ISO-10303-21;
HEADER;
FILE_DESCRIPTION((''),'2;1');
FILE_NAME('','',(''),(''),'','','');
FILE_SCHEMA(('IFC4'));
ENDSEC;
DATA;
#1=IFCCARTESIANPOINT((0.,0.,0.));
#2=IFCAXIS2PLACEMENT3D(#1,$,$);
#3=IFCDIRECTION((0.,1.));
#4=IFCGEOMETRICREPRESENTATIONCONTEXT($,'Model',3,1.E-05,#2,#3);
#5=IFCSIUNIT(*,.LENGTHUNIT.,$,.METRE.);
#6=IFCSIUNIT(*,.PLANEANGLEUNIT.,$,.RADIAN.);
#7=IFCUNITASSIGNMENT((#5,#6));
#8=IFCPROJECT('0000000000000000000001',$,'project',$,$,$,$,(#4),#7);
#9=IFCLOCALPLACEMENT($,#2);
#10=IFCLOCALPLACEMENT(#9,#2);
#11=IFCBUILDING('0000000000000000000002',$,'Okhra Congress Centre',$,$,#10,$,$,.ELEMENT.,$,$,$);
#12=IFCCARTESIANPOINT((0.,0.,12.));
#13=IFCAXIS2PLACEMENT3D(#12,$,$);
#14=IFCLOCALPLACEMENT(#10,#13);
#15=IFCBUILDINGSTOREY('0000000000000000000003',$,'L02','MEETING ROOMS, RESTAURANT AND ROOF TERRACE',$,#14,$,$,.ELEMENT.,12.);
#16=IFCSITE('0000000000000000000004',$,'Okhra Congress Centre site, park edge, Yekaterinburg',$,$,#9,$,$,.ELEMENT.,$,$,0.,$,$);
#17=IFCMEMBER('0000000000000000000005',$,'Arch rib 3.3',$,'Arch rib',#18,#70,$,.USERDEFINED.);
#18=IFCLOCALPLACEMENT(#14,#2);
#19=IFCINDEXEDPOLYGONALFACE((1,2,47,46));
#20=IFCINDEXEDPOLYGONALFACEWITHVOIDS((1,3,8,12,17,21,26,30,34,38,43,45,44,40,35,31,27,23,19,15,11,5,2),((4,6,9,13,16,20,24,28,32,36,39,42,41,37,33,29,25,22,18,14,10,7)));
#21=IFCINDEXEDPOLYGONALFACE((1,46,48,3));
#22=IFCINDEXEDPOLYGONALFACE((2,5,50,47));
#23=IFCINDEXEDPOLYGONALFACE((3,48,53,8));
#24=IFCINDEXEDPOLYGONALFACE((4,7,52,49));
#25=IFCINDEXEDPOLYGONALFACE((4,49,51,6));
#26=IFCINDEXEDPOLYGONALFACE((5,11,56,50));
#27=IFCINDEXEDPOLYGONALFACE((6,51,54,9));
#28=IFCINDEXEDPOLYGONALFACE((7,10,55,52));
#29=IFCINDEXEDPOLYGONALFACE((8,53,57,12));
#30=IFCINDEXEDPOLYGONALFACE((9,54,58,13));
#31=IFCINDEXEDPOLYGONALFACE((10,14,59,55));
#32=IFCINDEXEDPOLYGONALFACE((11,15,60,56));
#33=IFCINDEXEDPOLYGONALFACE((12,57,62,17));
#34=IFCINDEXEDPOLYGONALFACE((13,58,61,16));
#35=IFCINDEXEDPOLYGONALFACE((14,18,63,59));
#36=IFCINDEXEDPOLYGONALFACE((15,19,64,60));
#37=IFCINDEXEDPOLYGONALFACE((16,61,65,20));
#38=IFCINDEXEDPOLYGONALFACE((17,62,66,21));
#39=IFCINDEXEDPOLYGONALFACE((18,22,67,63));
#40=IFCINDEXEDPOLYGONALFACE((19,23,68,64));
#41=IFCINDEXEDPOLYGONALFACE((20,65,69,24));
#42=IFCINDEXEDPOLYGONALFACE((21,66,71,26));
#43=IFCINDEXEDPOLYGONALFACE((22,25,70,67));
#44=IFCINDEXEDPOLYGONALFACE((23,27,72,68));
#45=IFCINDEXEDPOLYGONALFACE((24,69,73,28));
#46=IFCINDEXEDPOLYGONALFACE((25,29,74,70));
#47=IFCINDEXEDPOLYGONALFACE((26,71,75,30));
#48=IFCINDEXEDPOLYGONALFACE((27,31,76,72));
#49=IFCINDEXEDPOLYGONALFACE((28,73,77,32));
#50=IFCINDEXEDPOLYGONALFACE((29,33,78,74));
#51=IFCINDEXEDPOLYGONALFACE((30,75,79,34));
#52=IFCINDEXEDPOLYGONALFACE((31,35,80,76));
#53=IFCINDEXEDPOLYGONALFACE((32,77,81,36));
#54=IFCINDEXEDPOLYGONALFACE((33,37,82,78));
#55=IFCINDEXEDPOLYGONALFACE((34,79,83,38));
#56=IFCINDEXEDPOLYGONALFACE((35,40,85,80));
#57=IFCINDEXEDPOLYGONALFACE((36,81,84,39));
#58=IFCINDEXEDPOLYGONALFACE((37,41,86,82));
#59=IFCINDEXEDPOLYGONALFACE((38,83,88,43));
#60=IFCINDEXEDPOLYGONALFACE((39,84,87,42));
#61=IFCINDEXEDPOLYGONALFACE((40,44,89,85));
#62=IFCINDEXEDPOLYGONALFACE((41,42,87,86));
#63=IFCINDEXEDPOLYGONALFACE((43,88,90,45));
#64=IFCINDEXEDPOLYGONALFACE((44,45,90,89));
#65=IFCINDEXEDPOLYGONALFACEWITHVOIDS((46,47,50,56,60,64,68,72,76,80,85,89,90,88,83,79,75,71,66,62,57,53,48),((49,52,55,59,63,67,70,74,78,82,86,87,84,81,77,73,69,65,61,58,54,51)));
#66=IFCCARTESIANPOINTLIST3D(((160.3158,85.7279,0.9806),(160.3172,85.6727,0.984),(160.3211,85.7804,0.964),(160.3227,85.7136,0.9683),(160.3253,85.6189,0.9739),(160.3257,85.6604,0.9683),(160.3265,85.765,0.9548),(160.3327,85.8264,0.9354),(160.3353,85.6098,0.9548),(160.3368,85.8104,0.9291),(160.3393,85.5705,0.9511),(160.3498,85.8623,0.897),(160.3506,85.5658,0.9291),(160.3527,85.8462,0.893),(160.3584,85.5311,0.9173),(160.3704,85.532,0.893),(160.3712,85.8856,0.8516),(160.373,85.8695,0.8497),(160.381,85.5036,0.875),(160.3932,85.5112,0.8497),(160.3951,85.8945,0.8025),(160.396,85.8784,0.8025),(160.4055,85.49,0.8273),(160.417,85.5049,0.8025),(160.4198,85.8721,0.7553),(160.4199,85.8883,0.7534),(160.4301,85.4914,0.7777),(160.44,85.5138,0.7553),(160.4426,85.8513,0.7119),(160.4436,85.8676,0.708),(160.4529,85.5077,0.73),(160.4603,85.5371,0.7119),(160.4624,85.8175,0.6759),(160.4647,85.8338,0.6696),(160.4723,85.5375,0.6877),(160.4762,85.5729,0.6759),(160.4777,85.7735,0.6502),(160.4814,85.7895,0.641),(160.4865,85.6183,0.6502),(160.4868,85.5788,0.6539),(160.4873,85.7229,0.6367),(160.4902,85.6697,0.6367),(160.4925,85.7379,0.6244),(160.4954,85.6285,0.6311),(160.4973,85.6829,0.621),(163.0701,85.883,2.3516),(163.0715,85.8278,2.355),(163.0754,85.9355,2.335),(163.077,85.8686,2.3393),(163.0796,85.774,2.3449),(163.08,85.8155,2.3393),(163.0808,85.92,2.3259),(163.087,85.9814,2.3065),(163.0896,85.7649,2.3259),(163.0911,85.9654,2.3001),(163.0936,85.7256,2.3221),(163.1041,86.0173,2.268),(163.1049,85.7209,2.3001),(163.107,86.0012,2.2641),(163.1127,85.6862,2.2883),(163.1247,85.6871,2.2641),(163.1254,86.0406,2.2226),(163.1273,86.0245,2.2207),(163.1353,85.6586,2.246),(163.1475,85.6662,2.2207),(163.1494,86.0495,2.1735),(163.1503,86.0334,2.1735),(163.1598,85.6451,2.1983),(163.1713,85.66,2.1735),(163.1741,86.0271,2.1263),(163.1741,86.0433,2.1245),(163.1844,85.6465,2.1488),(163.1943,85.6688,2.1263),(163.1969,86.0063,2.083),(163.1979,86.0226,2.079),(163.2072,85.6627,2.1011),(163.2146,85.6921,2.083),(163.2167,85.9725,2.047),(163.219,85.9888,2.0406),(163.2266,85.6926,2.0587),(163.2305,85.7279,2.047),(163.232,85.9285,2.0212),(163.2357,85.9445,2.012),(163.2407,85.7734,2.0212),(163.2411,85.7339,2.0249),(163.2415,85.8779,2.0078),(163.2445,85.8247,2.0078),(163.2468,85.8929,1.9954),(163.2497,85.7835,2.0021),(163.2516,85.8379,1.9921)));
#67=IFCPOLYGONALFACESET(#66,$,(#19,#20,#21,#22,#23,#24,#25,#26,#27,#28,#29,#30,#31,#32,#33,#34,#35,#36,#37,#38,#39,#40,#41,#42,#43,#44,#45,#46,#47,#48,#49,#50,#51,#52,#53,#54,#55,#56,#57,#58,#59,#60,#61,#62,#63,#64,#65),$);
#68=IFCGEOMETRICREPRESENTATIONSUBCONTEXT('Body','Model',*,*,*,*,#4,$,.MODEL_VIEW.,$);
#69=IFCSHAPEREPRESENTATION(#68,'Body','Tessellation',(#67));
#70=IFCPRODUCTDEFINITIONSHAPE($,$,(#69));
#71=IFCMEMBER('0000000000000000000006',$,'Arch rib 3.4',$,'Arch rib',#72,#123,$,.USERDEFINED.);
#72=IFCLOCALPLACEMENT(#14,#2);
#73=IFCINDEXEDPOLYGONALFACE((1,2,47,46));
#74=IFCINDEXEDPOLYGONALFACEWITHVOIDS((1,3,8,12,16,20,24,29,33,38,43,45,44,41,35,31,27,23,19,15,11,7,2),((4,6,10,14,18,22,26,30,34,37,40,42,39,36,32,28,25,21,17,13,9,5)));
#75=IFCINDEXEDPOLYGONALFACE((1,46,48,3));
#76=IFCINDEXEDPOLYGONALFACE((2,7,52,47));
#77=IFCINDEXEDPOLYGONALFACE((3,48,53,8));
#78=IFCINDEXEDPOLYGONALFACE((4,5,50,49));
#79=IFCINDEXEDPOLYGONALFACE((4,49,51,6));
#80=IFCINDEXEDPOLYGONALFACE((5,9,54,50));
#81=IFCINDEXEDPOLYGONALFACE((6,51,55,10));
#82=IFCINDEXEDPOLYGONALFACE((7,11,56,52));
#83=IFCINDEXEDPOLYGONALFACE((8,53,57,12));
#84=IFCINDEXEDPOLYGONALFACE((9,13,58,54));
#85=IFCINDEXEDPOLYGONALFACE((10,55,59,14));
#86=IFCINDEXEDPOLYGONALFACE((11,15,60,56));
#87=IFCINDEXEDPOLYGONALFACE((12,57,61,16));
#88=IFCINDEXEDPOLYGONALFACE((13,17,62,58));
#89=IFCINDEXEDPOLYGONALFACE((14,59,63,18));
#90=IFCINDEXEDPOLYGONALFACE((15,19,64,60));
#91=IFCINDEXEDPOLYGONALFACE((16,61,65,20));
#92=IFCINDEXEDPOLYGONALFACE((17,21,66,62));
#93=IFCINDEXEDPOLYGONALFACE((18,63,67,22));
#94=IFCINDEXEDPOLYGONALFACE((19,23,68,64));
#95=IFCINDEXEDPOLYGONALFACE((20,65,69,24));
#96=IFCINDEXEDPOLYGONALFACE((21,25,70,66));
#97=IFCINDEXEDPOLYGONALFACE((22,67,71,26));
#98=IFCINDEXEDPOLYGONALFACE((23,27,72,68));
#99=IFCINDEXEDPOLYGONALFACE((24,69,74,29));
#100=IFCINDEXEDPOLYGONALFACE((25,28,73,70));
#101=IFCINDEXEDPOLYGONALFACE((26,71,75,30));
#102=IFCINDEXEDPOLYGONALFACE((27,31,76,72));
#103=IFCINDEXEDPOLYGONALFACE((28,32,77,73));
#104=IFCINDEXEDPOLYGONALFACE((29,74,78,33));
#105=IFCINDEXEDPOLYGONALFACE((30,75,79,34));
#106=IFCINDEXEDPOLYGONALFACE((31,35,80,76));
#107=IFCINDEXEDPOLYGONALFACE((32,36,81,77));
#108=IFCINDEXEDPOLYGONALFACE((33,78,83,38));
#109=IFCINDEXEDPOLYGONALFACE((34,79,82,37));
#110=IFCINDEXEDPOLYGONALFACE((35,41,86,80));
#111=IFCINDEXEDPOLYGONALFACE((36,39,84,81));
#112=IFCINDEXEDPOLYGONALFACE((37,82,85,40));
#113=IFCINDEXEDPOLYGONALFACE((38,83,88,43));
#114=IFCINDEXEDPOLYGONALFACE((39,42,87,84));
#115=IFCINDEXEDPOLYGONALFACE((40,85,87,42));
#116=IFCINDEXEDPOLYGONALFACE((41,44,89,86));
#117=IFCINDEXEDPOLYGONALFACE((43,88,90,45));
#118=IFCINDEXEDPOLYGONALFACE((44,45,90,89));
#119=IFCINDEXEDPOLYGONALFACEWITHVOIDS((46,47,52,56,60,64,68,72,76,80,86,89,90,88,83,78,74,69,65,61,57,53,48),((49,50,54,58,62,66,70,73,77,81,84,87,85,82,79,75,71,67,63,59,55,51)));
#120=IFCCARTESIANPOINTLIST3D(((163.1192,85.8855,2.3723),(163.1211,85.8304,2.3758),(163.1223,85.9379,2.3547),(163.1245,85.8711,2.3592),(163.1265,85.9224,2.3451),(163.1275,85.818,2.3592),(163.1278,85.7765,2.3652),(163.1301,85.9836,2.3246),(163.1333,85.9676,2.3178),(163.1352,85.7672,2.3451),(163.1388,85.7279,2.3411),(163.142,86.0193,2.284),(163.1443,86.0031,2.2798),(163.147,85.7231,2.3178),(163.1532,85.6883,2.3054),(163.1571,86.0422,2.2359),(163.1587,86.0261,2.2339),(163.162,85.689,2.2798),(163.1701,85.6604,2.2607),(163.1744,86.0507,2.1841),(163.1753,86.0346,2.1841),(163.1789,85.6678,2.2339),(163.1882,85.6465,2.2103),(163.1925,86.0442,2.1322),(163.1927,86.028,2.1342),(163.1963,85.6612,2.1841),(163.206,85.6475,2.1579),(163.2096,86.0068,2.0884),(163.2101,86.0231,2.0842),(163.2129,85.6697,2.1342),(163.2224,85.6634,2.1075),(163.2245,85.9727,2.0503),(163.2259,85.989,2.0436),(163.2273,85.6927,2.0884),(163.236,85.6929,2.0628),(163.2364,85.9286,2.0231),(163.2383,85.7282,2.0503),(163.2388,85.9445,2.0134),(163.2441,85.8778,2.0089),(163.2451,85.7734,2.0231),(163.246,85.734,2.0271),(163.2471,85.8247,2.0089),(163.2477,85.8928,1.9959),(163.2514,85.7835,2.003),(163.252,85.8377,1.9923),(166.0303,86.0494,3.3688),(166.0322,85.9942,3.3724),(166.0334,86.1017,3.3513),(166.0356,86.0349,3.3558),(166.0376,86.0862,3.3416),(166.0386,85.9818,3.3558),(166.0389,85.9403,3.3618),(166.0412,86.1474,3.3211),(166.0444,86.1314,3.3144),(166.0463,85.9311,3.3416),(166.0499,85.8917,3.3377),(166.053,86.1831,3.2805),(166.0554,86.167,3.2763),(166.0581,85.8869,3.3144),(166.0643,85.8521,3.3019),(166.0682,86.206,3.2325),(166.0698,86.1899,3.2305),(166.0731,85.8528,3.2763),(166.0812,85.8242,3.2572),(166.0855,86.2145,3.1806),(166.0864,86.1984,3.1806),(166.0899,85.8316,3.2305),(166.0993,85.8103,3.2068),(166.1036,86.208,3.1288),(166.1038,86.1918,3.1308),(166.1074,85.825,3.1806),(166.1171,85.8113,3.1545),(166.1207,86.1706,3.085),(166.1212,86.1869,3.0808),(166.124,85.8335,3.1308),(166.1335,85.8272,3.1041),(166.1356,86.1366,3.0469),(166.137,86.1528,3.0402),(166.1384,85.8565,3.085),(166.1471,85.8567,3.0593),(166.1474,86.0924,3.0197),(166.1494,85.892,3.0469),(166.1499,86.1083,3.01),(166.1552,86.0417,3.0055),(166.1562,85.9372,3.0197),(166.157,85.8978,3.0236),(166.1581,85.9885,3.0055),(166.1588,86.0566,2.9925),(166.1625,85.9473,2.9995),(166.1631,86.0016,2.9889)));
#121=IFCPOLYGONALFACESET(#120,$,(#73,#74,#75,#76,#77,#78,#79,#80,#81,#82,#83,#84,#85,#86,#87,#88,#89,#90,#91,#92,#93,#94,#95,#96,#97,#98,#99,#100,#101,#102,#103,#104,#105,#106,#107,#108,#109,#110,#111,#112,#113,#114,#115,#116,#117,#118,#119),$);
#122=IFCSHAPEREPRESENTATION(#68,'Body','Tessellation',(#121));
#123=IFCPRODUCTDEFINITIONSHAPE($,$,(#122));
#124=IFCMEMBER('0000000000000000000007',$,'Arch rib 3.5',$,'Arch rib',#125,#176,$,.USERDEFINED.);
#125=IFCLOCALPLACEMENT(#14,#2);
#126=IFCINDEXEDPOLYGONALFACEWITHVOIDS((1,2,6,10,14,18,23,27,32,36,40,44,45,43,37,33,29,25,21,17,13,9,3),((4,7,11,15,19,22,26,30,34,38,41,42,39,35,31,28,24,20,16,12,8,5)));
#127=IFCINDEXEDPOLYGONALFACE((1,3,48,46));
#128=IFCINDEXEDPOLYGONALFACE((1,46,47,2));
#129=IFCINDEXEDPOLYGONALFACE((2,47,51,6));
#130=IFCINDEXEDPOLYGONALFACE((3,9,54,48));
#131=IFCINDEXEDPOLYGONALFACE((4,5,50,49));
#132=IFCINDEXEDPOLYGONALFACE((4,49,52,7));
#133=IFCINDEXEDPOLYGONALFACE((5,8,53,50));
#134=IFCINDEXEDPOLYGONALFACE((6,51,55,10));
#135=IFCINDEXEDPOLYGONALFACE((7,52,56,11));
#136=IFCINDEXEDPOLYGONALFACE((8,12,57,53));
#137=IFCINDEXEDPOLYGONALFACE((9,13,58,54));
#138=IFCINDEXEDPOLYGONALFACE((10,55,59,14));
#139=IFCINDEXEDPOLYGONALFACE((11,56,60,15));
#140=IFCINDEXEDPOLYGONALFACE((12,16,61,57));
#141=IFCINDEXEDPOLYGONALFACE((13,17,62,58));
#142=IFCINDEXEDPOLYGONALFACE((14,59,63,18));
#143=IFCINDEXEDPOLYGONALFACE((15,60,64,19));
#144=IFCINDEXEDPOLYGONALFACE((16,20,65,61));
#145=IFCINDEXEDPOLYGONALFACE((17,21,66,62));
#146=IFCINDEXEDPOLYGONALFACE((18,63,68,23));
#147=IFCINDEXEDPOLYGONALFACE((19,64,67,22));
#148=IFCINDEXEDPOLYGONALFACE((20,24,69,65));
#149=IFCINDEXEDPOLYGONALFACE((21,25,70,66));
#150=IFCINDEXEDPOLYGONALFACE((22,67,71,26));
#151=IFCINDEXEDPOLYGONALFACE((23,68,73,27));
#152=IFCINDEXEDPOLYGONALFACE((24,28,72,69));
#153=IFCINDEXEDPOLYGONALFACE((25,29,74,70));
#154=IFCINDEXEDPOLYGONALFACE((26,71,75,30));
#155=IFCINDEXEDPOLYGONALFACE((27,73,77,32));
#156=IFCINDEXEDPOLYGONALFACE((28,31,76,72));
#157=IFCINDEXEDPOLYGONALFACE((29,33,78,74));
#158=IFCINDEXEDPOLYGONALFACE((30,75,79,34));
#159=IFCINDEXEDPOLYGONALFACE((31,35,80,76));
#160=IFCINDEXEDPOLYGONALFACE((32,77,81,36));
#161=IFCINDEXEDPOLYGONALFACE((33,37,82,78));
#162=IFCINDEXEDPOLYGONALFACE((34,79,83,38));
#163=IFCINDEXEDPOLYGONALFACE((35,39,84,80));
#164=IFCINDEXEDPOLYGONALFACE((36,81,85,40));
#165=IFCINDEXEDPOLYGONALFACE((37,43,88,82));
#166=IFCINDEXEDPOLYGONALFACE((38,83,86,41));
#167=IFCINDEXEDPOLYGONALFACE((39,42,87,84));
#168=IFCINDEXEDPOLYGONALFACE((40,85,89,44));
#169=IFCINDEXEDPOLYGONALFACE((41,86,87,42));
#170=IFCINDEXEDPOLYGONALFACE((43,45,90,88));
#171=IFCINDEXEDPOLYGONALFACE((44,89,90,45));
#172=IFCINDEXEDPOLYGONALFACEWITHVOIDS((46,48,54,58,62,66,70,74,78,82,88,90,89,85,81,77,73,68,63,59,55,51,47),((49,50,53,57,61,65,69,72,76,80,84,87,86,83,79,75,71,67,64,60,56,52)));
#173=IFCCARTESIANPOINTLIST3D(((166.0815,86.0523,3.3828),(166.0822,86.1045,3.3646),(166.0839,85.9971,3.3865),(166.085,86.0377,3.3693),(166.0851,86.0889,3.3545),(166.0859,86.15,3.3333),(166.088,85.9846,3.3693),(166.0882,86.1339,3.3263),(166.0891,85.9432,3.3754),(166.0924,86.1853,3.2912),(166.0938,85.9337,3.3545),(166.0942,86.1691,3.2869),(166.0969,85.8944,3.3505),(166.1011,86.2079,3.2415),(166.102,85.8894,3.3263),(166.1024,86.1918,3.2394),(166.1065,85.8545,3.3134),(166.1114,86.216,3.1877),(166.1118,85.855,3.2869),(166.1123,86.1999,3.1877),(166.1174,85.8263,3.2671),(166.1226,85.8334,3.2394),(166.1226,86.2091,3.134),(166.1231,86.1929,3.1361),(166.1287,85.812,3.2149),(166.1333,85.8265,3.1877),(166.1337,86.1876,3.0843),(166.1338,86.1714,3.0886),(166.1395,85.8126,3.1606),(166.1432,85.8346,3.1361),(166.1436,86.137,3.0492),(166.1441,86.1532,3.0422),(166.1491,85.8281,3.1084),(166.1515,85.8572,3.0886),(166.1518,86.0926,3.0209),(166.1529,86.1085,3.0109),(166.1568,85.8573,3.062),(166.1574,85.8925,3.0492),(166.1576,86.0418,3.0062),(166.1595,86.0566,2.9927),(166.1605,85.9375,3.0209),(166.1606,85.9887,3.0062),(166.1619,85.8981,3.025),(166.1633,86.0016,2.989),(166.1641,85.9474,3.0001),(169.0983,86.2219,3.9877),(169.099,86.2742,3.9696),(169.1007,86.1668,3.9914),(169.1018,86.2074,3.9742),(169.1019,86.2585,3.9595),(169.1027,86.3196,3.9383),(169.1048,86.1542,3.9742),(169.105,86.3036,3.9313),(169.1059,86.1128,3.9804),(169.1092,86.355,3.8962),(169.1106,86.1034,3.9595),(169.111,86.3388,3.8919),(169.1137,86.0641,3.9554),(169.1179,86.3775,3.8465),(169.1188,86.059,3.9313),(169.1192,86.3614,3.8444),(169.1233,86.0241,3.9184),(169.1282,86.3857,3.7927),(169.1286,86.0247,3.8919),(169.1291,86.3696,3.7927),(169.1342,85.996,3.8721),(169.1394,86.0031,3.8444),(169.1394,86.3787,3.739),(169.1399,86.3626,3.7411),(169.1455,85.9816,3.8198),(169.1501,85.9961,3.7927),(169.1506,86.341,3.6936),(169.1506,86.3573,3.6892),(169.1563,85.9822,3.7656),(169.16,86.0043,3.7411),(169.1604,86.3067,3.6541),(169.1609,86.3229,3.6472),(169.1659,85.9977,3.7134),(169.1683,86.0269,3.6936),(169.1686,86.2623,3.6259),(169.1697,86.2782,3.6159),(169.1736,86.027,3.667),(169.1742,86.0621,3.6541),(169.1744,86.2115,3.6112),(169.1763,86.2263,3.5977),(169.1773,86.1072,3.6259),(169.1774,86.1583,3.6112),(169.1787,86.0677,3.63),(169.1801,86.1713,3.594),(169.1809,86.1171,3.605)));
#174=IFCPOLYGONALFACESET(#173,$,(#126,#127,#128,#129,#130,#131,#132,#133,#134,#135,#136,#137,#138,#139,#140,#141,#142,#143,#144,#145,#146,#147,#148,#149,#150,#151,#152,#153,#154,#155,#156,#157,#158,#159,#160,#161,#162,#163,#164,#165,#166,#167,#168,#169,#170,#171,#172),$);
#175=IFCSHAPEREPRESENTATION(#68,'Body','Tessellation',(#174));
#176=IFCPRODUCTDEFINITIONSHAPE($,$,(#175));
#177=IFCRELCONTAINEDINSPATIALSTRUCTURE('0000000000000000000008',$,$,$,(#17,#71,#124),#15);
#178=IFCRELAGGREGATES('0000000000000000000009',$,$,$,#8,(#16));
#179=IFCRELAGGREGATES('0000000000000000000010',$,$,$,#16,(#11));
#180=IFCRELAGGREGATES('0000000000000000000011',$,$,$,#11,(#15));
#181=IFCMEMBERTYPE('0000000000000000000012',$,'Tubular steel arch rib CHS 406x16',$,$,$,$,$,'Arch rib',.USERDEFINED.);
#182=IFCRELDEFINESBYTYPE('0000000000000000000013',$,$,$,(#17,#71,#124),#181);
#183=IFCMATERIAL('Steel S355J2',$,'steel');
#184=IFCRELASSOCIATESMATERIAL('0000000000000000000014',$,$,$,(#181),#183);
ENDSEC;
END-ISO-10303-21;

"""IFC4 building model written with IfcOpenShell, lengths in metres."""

from ifc_helpers import new_model, si_unit, direction, frame, origin, origin_2d, place, context, subcontext, project, spatial, hollow_circle, extrude, material, material_profile, profile_set, type_object, element, save


model = new_model("IFC4")

# Units and contexts
model_context = context("Model", 3, precision=1e-05, world=origin(), true_north=direction((0.0, 1.0)))
body_context = subcontext(model_context, "Body", "Model", "MODEL_VIEW")
ifc_project = project(units=[si_unit("LENGTHUNIT", "METRE"), si_unit("PLANEANGLEUNIT", "RADIAN")], contexts=[model_context])

# Site, building, storey
site_placement = place(None, origin())
site = spatial("IfcSite", under=ifc_project, at=site_placement, Name="Okhra Congress Centre site, park edge, Yekaterinburg", CompositionType="ELEMENT", RefElevation=0.0)
building_placement = place(site_placement, origin())
building = spatial("IfcBuilding", under=site, at=building_placement, Name="Okhra Congress Centre", CompositionType="ELEMENT")
storey_placement = place(building_placement, frame((0.0, 0.0, 12.0)))
storey = spatial("IfcBuildingStorey", under=building, at=storey_placement, Name="L02", Description="MEETING ROOMS, RESTAURANT AND ROOF TERRACE", CompositionType="ELEMENT", Elevation=12.0)

# Members
ifc_material_1 = material(Name="Steel S355J2", Category="steel")
ifc_material_profile_1 = material_profile(ifc_material_1, hollow_circle(Radius=0.2031, WallThickness=0.0161, at=origin_2d()), Name="CHS 406.4x16")
ifc_profile_set_1 = profile_set([ifc_material_profile_1], Name="Steel S355J2")
member_type_1 = type_object("IfcMemberType", Name="Tubular steel arch rib CHS 406x16", ElementType="Arch rib", PredefinedType="USERDEFINED", material=ifc_profile_set_1)
member_1_placement = place(storey_placement, frame((160.4065, 85.6917, 0.8025), z_axis=(0.894085, 0.050323, 0.445061), x_axis=(-0.056195, 0.99842, 0.0)))
element("IfcMember", 1, at=member_1_placement, inside=storey, type_object=member_type_1, Name="Arch rib 3.3", ObjectType="Arch rib", PredefinedType="USERDEFINED", context=body_context, shape_type="SweptSolid", body=[
    extrude(hollow_circle(Radius=0.2031, WallThickness=0.0161, at=origin_2d()), origin(), (0.0, 0.0, 1.0), 3.0806),
])
member_2_placement = place(storey_placement, frame((163.1858, 85.8479, 2.1841), z_axis=(0.944759, 0.053165, 0.323424), x_axis=(-0.056184, 0.99842, 0.0)))
element("IfcMember", 2, at=member_2_placement, inside=storey, type_object=member_type_1, Name="Arch rib 3.4", ObjectType="Arch rib", PredefinedType="USERDEFINED", context=body_context, shape_type="SweptSolid", body=[
    extrude(hollow_circle(Radius=0.2031, WallThickness=0.0161, at=origin_2d()), origin(), (0.0, 0.0, 1.0), 3.0813),
])
member_3_placement = place(storey_placement, frame((166.1228, 86.0132, 3.1877), z_axis=(0.978992, 0.055062, 0.196321), x_axis=(-0.056155, 0.998422, 0.0)))
element("IfcMember", 3, at=member_3_placement, inside=storey, type_object=member_type_1, Name="Arch rib 3.5", ObjectType="Arch rib", PredefinedType="USERDEFINED", context=body_context, shape_type="SweptSolid", body=[
    extrude(hollow_circle(Radius=0.2031, WallThickness=0.0161, at=origin_2d()), origin(), (0.0, 0.0, 1.0), 3.0815),
])

save(model, "model.ifc")
